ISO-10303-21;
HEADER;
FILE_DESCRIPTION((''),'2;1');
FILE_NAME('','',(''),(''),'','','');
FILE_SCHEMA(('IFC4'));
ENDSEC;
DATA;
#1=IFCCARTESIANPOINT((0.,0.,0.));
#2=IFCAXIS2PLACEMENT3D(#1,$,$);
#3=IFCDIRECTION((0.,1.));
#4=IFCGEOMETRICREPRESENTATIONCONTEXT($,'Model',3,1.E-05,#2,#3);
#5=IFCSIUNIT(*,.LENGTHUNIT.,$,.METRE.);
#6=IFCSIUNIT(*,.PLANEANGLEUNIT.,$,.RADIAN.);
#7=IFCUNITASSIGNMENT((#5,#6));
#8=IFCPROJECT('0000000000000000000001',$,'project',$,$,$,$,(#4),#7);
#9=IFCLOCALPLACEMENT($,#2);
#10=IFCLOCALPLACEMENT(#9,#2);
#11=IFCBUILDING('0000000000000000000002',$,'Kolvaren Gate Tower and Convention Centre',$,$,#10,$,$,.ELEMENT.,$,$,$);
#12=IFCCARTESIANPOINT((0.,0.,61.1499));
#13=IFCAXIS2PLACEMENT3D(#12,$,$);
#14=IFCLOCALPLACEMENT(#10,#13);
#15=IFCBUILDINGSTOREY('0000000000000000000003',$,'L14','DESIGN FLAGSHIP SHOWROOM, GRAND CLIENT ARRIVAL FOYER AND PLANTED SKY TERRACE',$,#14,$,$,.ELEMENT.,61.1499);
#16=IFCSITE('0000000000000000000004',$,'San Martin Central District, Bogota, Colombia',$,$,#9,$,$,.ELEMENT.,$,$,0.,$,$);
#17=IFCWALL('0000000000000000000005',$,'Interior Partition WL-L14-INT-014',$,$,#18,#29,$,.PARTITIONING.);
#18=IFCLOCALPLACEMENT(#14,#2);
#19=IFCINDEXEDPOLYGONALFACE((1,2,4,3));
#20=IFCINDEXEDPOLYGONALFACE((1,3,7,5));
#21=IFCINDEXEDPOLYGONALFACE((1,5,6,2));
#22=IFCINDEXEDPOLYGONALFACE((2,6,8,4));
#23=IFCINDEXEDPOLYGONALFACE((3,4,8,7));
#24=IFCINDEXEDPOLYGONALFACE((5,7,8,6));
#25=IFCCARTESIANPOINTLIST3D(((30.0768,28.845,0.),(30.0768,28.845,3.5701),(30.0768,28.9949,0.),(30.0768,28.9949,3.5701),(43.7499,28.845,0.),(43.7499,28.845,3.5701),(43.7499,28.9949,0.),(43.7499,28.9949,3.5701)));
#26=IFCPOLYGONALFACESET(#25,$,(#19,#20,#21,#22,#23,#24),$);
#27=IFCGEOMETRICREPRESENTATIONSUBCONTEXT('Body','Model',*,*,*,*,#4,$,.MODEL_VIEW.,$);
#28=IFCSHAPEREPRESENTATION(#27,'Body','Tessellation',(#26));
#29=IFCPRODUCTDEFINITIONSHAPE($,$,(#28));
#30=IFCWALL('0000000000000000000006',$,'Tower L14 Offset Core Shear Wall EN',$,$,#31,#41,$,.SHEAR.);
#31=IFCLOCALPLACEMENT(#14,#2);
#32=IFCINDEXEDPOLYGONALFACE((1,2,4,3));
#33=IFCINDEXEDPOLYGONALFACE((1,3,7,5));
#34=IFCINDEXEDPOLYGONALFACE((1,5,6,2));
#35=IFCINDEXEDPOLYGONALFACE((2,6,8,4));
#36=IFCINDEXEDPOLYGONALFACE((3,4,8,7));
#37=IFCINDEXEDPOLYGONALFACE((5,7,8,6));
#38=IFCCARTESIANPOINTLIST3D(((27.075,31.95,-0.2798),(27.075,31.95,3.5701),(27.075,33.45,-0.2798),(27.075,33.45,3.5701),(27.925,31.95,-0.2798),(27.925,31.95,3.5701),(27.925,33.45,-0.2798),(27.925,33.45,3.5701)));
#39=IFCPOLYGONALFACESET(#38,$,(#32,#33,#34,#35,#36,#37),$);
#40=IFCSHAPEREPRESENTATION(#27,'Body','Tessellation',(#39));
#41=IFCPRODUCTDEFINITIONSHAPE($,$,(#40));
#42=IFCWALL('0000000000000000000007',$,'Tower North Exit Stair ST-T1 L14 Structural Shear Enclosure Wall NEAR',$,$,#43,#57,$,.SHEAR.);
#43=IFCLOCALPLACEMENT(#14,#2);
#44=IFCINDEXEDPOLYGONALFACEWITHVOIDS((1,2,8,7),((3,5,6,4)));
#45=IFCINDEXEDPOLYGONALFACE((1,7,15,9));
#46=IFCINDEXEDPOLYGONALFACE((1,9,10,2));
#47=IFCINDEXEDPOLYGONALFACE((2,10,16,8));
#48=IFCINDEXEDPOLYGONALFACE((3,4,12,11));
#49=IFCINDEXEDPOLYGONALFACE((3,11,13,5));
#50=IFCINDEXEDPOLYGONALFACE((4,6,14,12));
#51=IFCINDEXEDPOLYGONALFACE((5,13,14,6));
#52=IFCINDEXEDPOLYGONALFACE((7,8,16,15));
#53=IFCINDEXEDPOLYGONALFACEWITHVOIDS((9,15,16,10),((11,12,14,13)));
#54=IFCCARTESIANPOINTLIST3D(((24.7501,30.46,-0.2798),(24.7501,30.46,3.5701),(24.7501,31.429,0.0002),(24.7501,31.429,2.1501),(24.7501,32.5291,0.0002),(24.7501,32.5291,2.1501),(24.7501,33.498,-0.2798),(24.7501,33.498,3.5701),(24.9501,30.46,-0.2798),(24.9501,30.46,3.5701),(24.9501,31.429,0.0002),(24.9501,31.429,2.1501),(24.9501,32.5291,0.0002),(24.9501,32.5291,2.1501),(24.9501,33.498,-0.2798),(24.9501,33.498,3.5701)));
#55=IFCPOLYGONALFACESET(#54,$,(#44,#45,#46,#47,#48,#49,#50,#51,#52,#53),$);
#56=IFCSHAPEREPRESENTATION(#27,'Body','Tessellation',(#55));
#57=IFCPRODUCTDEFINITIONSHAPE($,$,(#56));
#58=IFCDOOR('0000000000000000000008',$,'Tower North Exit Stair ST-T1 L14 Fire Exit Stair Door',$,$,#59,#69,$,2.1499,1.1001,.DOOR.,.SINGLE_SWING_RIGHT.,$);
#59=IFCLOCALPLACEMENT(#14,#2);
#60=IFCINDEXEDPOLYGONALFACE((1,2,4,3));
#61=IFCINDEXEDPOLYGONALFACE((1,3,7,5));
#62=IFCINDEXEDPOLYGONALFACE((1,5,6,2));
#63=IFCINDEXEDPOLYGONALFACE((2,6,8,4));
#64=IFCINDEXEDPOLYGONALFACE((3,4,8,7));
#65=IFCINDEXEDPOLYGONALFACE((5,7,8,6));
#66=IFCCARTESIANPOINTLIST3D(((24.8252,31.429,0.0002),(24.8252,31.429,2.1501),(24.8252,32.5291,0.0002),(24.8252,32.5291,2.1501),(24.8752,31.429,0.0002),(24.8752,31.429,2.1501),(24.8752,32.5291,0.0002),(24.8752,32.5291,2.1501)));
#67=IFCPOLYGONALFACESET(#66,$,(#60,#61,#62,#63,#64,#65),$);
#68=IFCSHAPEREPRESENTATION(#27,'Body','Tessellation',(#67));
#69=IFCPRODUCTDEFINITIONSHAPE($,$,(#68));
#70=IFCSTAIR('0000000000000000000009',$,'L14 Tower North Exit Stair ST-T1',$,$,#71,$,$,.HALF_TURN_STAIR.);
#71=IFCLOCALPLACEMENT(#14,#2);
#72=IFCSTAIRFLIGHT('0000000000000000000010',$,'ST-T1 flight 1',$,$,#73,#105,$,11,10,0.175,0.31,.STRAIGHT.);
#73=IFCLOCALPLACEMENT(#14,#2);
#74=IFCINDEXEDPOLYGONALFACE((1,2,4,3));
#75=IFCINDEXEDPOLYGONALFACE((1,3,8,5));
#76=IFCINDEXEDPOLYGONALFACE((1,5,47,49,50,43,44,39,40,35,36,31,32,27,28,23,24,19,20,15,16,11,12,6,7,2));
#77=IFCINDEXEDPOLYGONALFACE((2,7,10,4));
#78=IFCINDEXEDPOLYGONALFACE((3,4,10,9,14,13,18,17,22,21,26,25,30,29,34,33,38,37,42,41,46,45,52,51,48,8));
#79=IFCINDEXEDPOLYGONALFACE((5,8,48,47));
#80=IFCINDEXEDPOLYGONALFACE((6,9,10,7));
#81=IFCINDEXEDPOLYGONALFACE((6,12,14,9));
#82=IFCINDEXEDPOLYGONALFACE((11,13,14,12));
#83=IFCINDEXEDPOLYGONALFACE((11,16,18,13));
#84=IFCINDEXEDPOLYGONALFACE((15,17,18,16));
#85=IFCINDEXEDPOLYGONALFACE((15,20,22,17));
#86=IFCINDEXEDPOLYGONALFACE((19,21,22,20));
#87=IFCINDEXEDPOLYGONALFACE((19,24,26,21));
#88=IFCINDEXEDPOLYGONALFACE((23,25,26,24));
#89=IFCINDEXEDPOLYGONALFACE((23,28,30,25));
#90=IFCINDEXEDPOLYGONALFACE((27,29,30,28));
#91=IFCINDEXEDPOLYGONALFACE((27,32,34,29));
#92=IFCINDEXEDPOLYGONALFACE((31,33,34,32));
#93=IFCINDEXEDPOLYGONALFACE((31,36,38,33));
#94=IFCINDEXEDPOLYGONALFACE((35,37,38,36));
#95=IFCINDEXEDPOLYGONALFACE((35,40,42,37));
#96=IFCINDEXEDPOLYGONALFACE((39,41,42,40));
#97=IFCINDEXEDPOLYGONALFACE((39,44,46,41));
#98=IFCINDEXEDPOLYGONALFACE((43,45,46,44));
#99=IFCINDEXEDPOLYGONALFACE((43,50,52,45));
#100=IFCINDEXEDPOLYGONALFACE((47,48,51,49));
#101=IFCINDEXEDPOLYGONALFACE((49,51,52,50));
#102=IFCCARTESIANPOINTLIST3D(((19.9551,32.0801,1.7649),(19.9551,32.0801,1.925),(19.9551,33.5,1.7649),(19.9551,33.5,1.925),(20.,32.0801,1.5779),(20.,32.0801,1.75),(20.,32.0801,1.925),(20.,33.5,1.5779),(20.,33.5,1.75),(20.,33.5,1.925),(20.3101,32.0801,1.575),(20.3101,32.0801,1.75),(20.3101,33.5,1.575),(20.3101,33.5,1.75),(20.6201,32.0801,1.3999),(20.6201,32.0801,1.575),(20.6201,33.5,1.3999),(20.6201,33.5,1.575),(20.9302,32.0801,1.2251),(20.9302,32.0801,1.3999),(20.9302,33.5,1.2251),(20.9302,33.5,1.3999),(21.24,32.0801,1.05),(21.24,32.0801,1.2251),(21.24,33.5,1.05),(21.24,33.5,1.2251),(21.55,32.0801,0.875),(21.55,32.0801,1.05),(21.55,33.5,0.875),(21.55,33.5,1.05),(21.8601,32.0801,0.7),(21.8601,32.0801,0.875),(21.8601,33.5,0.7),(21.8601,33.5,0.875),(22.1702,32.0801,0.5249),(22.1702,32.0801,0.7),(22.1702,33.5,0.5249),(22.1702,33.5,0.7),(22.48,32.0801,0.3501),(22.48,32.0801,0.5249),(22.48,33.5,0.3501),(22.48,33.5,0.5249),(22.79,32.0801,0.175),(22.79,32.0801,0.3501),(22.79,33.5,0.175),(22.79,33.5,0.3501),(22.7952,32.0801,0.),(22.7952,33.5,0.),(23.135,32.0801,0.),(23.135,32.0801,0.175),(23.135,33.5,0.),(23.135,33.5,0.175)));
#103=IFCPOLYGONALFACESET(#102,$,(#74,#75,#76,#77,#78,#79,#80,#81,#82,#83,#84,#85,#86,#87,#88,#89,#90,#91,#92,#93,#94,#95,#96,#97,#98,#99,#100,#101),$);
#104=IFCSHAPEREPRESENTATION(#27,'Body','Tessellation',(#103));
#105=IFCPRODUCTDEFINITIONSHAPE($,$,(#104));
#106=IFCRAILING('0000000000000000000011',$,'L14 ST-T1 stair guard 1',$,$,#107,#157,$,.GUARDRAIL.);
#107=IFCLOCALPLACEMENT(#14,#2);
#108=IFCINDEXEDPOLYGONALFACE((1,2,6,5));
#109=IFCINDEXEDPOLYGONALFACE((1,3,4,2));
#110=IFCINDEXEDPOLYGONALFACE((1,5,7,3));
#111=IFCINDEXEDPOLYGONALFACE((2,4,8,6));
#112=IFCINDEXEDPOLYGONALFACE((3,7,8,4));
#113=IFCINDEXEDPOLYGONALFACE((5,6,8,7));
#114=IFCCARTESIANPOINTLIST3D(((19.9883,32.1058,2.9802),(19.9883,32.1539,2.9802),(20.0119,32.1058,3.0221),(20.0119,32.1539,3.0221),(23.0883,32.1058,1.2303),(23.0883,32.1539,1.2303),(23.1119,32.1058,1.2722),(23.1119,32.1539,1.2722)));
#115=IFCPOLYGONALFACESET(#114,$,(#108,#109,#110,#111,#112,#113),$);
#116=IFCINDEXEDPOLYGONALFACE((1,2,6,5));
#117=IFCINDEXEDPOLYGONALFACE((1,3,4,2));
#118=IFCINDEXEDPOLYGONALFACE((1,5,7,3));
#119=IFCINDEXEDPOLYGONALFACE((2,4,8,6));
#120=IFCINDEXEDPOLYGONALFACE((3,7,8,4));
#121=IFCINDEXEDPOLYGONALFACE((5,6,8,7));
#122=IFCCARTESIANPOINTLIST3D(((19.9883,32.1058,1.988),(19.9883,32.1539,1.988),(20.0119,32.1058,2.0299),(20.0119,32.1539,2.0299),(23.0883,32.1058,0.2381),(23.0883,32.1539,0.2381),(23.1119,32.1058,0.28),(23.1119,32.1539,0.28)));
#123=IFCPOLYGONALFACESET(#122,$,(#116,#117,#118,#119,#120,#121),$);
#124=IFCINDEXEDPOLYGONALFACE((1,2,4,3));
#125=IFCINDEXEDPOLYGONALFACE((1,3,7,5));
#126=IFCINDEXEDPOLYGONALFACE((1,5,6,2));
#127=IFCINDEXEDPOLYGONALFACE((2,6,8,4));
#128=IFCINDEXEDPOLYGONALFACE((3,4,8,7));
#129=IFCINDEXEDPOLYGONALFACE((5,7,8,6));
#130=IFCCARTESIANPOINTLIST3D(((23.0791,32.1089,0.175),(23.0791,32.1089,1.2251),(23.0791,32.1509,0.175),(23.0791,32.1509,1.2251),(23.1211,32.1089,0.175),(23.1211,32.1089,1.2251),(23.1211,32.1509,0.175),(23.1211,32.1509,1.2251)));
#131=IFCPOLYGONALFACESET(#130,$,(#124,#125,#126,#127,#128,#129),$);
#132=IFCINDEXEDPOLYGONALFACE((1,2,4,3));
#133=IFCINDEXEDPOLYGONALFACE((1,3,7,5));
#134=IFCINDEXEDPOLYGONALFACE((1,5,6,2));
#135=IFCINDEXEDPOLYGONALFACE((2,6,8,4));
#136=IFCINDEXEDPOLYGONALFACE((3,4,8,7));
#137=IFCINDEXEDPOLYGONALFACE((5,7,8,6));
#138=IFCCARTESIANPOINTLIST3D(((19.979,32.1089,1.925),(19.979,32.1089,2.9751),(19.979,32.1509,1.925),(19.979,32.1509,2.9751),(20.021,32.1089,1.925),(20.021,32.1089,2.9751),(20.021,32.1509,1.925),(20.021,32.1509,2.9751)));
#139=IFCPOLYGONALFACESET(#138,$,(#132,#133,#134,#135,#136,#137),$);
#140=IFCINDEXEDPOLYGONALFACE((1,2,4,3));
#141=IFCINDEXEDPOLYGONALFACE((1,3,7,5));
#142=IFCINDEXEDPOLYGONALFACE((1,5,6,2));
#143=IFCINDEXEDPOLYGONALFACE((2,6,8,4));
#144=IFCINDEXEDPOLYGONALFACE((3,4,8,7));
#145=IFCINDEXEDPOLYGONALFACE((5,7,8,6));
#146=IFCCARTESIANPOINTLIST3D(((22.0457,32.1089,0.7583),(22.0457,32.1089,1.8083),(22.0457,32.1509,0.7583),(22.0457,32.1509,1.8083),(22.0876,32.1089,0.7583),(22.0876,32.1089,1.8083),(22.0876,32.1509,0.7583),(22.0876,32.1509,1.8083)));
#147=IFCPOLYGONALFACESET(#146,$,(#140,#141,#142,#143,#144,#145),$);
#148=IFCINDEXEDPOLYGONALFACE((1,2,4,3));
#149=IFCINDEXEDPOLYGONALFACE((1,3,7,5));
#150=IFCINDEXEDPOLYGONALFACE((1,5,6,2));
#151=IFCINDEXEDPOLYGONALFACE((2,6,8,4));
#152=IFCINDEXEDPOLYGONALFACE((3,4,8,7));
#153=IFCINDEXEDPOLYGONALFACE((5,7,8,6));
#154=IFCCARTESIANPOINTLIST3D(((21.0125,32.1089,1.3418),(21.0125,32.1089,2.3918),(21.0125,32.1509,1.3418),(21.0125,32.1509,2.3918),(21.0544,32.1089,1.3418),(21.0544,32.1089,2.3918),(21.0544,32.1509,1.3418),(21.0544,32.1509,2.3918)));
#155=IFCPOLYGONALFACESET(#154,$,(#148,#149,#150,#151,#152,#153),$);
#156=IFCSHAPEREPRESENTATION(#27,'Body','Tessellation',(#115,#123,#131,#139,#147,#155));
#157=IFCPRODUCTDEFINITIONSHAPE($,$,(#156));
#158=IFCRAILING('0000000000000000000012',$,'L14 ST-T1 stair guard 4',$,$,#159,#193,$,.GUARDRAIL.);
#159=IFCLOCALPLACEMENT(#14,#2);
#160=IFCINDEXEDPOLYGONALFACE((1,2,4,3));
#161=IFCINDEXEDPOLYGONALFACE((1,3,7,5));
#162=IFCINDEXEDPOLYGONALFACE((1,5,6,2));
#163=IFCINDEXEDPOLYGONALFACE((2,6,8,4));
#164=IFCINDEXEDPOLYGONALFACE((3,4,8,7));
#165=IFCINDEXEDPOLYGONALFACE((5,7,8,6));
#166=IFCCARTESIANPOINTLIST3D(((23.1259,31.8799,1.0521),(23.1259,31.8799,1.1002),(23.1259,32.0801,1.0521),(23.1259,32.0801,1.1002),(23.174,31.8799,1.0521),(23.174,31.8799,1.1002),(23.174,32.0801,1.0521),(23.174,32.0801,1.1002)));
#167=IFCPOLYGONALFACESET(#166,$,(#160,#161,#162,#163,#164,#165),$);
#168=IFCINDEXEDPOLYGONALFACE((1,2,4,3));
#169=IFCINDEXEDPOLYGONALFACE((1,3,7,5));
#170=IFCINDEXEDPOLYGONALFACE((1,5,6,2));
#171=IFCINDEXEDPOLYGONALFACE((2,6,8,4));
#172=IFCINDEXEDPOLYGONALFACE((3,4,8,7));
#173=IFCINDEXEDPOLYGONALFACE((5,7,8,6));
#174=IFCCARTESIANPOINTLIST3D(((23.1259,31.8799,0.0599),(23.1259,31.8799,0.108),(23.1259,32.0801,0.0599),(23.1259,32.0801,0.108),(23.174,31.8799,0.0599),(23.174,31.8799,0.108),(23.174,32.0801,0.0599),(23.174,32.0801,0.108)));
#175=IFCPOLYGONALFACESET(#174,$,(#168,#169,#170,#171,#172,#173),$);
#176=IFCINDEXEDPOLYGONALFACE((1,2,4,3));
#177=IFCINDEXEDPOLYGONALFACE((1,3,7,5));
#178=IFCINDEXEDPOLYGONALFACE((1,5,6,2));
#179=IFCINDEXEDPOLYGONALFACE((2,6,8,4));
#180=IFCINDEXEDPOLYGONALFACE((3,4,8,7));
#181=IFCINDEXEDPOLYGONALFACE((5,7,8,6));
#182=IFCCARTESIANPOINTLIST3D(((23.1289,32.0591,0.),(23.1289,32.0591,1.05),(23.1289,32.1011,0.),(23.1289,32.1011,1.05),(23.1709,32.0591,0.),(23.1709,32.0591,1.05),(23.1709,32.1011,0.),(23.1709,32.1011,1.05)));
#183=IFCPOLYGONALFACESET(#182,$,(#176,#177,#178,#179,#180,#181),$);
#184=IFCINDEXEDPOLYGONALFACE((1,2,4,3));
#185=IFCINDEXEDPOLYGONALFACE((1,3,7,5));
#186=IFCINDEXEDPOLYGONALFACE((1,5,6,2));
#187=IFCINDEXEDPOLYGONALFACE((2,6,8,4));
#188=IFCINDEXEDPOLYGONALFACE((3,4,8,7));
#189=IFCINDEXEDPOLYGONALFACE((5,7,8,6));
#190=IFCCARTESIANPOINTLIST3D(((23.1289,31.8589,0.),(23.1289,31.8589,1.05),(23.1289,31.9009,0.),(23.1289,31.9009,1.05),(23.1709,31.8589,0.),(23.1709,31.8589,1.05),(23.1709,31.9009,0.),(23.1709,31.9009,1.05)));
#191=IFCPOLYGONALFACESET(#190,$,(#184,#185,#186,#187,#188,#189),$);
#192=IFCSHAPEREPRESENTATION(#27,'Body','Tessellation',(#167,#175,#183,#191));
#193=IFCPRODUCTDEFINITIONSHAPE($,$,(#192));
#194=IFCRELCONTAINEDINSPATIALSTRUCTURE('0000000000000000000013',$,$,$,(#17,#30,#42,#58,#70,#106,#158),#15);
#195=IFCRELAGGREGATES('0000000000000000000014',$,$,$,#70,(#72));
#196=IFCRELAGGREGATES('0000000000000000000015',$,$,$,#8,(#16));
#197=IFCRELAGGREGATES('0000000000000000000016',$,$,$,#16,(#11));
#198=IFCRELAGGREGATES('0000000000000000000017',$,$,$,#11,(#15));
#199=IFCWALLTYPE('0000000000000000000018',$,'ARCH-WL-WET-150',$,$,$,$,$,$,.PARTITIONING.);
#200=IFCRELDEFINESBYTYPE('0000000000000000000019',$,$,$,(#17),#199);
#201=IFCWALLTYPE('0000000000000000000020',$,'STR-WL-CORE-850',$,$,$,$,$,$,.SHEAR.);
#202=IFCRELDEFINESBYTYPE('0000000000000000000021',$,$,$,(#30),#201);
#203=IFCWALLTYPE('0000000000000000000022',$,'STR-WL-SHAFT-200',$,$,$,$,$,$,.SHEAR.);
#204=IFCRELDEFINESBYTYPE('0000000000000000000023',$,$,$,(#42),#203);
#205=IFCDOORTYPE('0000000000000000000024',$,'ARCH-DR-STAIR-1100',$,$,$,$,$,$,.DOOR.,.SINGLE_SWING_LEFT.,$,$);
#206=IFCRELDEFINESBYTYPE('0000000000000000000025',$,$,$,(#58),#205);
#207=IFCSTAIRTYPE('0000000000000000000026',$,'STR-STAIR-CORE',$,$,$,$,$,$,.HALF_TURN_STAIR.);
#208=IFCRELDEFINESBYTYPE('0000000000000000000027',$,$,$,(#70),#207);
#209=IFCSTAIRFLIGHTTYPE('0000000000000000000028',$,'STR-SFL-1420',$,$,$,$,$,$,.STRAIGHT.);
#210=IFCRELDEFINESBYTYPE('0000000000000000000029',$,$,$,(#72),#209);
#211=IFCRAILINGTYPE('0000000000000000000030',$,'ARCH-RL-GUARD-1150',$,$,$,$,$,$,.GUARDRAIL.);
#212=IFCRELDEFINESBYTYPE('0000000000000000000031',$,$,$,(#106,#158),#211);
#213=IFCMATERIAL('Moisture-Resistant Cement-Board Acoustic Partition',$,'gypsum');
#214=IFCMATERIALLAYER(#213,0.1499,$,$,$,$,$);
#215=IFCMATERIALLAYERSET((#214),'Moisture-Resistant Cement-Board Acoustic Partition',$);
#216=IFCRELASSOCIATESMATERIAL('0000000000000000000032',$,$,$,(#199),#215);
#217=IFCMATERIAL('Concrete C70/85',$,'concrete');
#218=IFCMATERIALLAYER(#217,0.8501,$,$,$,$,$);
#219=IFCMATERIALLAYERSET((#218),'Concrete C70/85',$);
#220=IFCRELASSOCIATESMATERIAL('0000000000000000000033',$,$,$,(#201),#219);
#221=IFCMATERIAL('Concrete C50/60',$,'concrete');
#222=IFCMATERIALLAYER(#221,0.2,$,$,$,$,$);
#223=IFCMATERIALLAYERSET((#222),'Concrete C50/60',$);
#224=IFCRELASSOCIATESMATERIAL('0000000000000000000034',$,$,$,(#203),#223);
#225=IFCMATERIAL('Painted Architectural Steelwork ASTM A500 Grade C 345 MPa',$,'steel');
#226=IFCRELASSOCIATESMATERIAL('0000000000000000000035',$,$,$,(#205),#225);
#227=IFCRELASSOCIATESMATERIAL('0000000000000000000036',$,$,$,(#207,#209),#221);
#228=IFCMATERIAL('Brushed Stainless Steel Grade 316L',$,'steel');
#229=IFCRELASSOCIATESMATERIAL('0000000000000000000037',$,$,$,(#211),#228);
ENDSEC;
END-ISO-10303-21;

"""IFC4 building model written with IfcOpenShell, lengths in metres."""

from ifc_helpers import new_model, si_unit, direction, frame, frame_2d, origin, origin_2d, place, context, subcontext, project, spatial, polyline, rectangle, outline, extrude, material, layer, layer_set, type_object, element, fill, aggregate, save


model = new_model("IFC4")

# Units and contexts
model_context = context("Model", 3, precision=1e-05, world=origin(), true_north=direction((0.0, 1.0)))
body_context = subcontext(model_context, "Body", "Model", "MODEL_VIEW")
ifc_project = project(units=[si_unit("LENGTHUNIT", "METRE"), si_unit("PLANEANGLEUNIT", "RADIAN")], contexts=[model_context])

# Site, building, storey
site_placement = place(None, origin())
site = spatial("IfcSite", under=ifc_project, at=site_placement, Name="San Martin Central District, Bogota, Colombia", CompositionType="ELEMENT", RefElevation=0.0)
building_placement = place(site_placement, origin())
building = spatial("IfcBuilding", under=site, at=building_placement, Name="Kolvaren Gate Tower and Convention Centre", CompositionType="ELEMENT")
storey_placement = place(building_placement, frame((0.0, 0.0, 61.1499)))
storey = spatial("IfcBuildingStorey", under=building, at=storey_placement, Name="L14", Description="DESIGN FLAGSHIP SHOWROOM, GRAND CLIENT ARRIVAL FOYER AND PLANTED SKY TERRACE", CompositionType="ELEMENT", Elevation=61.1499)

# Shared definitions
ifc_material_1 = material(Name="Brushed Stainless Steel Grade 316L", Category="steel")

# Shared definitions
ifc_material_2 = material(Name="Moisture-Resistant Cement-Board Acoustic Partition", Category="gypsum")
ifc_layer_1 = layer(ifc_material_2, 0.1499)
ifc_layer_set_1 = layer_set([ifc_layer_1], Name="Moisture-Resistant Cement-Board Acoustic Partition")
wall_type_1 = type_object("IfcWallType", Name="ARCH-WL-WET-150", PredefinedType="PARTITIONING", material=ifc_layer_set_1)
ifc_material_3 = material(Name="Painted Architectural Steelwork ASTM A500 Grade C 345 MPa", Category="steel")

# Walls
wall_1_placement = place(storey_placement, frame((30.0769, 28.9199, 0.0), z_axis=(0.0, 0.0, 1.0), x_axis=(1.0, 0.0, 0.0)))
element("IfcWall", 1, at=wall_1_placement, inside=storey, type_object=wall_type_1, Name="Interior Partition WL-L14-INT-014", PredefinedType="PARTITIONING", context=body_context, shape_type="SweptSolid", body=[
    extrude(rectangle(XDim=13.6731, YDim=0.1499, at=frame_2d((6.8364, 0.0))), origin(), (0.0, 0.0, 1.0), 3.5701),
])
ifc_material_4 = material(Name="Concrete C70/85", Category="concrete")
ifc_layer_2 = layer(ifc_material_4, 0.8501)
ifc_layer_set_2 = layer_set([ifc_layer_2], Name="Concrete C70/85")
wall_type_2 = type_object("IfcWallType", Name="STR-WL-CORE-850", PredefinedType="SHEAR", material=ifc_layer_set_2)
wall_2_placement = place(storey_placement, frame((27.5, 31.95, -0.2798), z_axis=(0.0, 0.0, 1.0), x_axis=(0.0, 1.0, 0.0)))
element("IfcWall", 2, at=wall_2_placement, inside=storey, type_object=wall_type_2, Name="Tower L14 Offset Core Shear Wall EN", PredefinedType="SHEAR", context=body_context, shape_type="SweptSolid", body=[
    extrude(rectangle(XDim=1.5, YDim=0.8501, at=frame_2d((0.75, 0.0))), origin(), (0.0, 0.0, 1.0), 3.8499),
])

# Wall, opening, door
ifc_material_5 = material(Name="Concrete C50/60", Category="concrete")
ifc_layer_3 = layer(ifc_material_5, 0.2)
ifc_layer_set_3 = layer_set([ifc_layer_3], Name="Concrete C50/60")
wall_type_3 = type_object("IfcWallType", Name="STR-WL-SHAFT-200", PredefinedType="SHEAR", material=ifc_layer_set_3)
wall_3_placement = place(storey_placement, frame((24.8501, 30.46, -0.2798), z_axis=(0.0, 0.0, 1.0), x_axis=(0.0, 1.0, 0.0)))
wall_3 = element("IfcWall", 3, at=wall_3_placement, inside=storey, type_object=wall_type_3, Name="Tower North Exit Stair ST-T1 L14 Structural Shear Enclosure Wall NEAR", PredefinedType="SHEAR", context=body_context, shape_type="SweptSolid", body=[
    extrude(rectangle(XDim=3.0381, YDim=0.2, at=frame_2d((1.519, 0.0))), origin(), (0.0, 0.0, 1.0), 3.8499),
])
opening_1_placement = place(wall_3_placement, frame((0.969, 0.0, 0.28)))
opening_1 = element("IfcOpeningElement", 4, at=opening_1_placement, cuts=wall_3, PredefinedType="OPENING", context=body_context, shape_type="SweptSolid", body=[
    extrude(rectangle(XDim=1.1001, YDim=2.1499, at=frame_2d((0.55, 1.075))), frame((0.0, 0.1099, 0.0), z_axis=(0.0, -1.0, 0.0), x_axis=(1.0, 0.0, 0.0)), (0.0, 0.0, 1.0), 0.22),
])
door_type_1 = type_object("IfcDoorType", Name="ARCH-DR-STAIR-1100", OperationType="SINGLE_SWING_LEFT", PredefinedType="DOOR", material=ifc_material_3)
door_1_placement = place(opening_1_placement, origin())
door_1 = element("IfcDoor", 5, at=door_1_placement, inside=storey, type_object=door_type_1, Name="Tower North Exit Stair ST-T1 L14 Fire Exit Stair Door", OperationType="SINGLE_SWING_RIGHT", OverallHeight=2.1499, OverallWidth=1.1001, PredefinedType="DOOR", context=body_context, shape_type="SweptSolid", body=[
    extrude(rectangle(XDim=1.1001, YDim=2.1499, at=frame_2d((0.55, 1.075))), frame((0.0, 0.0249, 0.0), z_axis=(0.0, -1.0, 0.0), x_axis=(1.0, 0.0, 0.0)), (0.0, 0.0, 1.0), 0.05),
])
fill(opening_1, door_1)

# Stair, stair flight
stair_type = type_object("IfcStairType", Name="STR-STAIR-CORE", PredefinedType="HALF_TURN_STAIR", material=ifc_material_5)
stair_placement = place(storey_placement, origin())
stair = element("IfcStair", 6, at=stair_placement, inside=storey, type_object=stair_type, Name="L14 Tower North Exit Stair ST-T1", PredefinedType="HALF_TURN_STAIR")
stair_flight_type = type_object("IfcStairFlightType", Name="STR-SFL-1420", PredefinedType="STRAIGHT", material=ifc_material_5)
stair_flight_placement = place(storey_placement, frame((23.1001, 32.79, 0.0), z_axis=(0.0, 0.0, 1.0), x_axis=(-1.0, 0.0, 0.0)))
stair_flight = element("IfcStairFlight", 7, at=stair_flight_placement, type_object=stair_flight_type, Name="ST-T1 flight 1", NumberOfRisers=11, NumberOfTreads=10, PredefinedType="STRAIGHT", RiserHeight=0.175, TreadLength=0.31, context=body_context, shape_type="SweptSolid", body=[
    extrude(outline(polyline([(-0.0349, 0.0), (-0.0349, 0.175), (0.3101, 0.175), (0.3101, 0.3501), (0.6201, 0.3501), (0.6201, 0.5249), (0.9299, 0.5249), (0.9299, 0.7), (1.24, 0.7), (1.24, 0.875), (1.55, 0.875), (1.55, 1.05), (1.8601, 1.05), (1.8601, 1.2251), (2.1699, 1.2251), (2.1699, 1.3999), (2.48, 1.3999), (2.48, 1.575), (2.79, 1.575), (2.79, 1.75), (3.1001, 1.75), (3.1001, 1.925), (3.145, 1.925), (3.145, 1.7649), (3.1001, 1.5779), (0.3049, 0.0), (-0.0349, 0.0)])), frame((0.0, 0.71, 0.0), z_axis=(0.0, -1.0, 0.0), x_axis=(1.0, 0.0, 0.0)), (0.0, 0.0, 1.0), 1.4199),
])
aggregate(stair, [stair_flight])

# Railings
railing_type_1 = type_object("IfcRailingType", Name="ARCH-RL-GUARD-1150", PredefinedType="GUARDRAIL", material=ifc_material_1)
railing_1_placement = place(storey_placement, frame((23.1001, 32.1299, 0.175)))
element("IfcRailing", 8, at=railing_1_placement, inside=storey, type_object=railing_type_1, Name="L14 ST-T1 stair guard 1", PredefinedType="GUARDRAIL", context=body_context, shape_type="SweptSolid", body=[
    extrude(rectangle(XDim=0.0481, YDim=0.0481, at=origin_2d()), frame((0.0, 0.0, 1.0762), z_axis=(-0.870831, 0.0, 0.491583), x_axis=(0.0, -1.0, 0.0)), (0.0, 0.0, 1.0), 3.5598),
    extrude(rectangle(XDim=0.0481, YDim=0.0481, at=origin_2d()), frame((0.0, 0.0, 0.084), z_axis=(-0.870831, 0.0, 0.491583), x_axis=(0.0, -1.0, 0.0)), (0.0, 0.0, 1.0), 3.5598),
    extrude(rectangle(XDim=0.042, YDim=0.042, at=origin_2d()), origin(), (0.0, 0.0, 1.0), 1.05),
    extrude(rectangle(XDim=0.042, YDim=0.042, at=origin_2d()), frame((-3.1001, 0.0, 1.75)), (0.0, 0.0, 1.0), 1.05),
    extrude(rectangle(XDim=0.042, YDim=0.042, at=origin_2d()), frame((-1.0334, 0.0, 0.5833)), (0.0, 0.0, 1.0), 1.05),
    extrude(rectangle(XDim=0.042, YDim=0.042, at=origin_2d()), frame((-2.0667, 0.0, 1.1667)), (0.0, 0.0, 1.0), 1.05),
])
railing_2_placement = place(storey_placement, frame((23.1499, 32.0801, 0.0)))
element("IfcRailing", 9, at=railing_2_placement, inside=storey, type_object=railing_type_1, Name="L14 ST-T1 stair guard 4", PredefinedType="GUARDRAIL", context=body_context, shape_type="SweptSolid", body=[
    extrude(rectangle(XDim=0.0481, YDim=0.0481, at=origin_2d()), frame((0.0, 0.0, 1.0762), z_axis=(0.0, -1.0, 0.0), x_axis=(1.0, 0.0, 0.0)), (0.0, 0.0, 1.0), 0.2002),
    extrude(rectangle(XDim=0.0481, YDim=0.0481, at=origin_2d()), frame((0.0, 0.0, 0.084), z_axis=(0.0, -1.0, 0.0), x_axis=(1.0, 0.0, 0.0)), (0.0, 0.0, 1.0), 0.2002),
    extrude(rectangle(XDim=0.042, YDim=0.042, at=origin_2d()), origin(), (0.0, 0.0, 1.0), 1.05),
    extrude(rectangle(XDim=0.042, YDim=0.042, at=origin_2d()), frame((0.0, -0.2002, 0.0)), (0.0, 0.0, 1.0), 1.05),
])

save(model, "model.ifc")
